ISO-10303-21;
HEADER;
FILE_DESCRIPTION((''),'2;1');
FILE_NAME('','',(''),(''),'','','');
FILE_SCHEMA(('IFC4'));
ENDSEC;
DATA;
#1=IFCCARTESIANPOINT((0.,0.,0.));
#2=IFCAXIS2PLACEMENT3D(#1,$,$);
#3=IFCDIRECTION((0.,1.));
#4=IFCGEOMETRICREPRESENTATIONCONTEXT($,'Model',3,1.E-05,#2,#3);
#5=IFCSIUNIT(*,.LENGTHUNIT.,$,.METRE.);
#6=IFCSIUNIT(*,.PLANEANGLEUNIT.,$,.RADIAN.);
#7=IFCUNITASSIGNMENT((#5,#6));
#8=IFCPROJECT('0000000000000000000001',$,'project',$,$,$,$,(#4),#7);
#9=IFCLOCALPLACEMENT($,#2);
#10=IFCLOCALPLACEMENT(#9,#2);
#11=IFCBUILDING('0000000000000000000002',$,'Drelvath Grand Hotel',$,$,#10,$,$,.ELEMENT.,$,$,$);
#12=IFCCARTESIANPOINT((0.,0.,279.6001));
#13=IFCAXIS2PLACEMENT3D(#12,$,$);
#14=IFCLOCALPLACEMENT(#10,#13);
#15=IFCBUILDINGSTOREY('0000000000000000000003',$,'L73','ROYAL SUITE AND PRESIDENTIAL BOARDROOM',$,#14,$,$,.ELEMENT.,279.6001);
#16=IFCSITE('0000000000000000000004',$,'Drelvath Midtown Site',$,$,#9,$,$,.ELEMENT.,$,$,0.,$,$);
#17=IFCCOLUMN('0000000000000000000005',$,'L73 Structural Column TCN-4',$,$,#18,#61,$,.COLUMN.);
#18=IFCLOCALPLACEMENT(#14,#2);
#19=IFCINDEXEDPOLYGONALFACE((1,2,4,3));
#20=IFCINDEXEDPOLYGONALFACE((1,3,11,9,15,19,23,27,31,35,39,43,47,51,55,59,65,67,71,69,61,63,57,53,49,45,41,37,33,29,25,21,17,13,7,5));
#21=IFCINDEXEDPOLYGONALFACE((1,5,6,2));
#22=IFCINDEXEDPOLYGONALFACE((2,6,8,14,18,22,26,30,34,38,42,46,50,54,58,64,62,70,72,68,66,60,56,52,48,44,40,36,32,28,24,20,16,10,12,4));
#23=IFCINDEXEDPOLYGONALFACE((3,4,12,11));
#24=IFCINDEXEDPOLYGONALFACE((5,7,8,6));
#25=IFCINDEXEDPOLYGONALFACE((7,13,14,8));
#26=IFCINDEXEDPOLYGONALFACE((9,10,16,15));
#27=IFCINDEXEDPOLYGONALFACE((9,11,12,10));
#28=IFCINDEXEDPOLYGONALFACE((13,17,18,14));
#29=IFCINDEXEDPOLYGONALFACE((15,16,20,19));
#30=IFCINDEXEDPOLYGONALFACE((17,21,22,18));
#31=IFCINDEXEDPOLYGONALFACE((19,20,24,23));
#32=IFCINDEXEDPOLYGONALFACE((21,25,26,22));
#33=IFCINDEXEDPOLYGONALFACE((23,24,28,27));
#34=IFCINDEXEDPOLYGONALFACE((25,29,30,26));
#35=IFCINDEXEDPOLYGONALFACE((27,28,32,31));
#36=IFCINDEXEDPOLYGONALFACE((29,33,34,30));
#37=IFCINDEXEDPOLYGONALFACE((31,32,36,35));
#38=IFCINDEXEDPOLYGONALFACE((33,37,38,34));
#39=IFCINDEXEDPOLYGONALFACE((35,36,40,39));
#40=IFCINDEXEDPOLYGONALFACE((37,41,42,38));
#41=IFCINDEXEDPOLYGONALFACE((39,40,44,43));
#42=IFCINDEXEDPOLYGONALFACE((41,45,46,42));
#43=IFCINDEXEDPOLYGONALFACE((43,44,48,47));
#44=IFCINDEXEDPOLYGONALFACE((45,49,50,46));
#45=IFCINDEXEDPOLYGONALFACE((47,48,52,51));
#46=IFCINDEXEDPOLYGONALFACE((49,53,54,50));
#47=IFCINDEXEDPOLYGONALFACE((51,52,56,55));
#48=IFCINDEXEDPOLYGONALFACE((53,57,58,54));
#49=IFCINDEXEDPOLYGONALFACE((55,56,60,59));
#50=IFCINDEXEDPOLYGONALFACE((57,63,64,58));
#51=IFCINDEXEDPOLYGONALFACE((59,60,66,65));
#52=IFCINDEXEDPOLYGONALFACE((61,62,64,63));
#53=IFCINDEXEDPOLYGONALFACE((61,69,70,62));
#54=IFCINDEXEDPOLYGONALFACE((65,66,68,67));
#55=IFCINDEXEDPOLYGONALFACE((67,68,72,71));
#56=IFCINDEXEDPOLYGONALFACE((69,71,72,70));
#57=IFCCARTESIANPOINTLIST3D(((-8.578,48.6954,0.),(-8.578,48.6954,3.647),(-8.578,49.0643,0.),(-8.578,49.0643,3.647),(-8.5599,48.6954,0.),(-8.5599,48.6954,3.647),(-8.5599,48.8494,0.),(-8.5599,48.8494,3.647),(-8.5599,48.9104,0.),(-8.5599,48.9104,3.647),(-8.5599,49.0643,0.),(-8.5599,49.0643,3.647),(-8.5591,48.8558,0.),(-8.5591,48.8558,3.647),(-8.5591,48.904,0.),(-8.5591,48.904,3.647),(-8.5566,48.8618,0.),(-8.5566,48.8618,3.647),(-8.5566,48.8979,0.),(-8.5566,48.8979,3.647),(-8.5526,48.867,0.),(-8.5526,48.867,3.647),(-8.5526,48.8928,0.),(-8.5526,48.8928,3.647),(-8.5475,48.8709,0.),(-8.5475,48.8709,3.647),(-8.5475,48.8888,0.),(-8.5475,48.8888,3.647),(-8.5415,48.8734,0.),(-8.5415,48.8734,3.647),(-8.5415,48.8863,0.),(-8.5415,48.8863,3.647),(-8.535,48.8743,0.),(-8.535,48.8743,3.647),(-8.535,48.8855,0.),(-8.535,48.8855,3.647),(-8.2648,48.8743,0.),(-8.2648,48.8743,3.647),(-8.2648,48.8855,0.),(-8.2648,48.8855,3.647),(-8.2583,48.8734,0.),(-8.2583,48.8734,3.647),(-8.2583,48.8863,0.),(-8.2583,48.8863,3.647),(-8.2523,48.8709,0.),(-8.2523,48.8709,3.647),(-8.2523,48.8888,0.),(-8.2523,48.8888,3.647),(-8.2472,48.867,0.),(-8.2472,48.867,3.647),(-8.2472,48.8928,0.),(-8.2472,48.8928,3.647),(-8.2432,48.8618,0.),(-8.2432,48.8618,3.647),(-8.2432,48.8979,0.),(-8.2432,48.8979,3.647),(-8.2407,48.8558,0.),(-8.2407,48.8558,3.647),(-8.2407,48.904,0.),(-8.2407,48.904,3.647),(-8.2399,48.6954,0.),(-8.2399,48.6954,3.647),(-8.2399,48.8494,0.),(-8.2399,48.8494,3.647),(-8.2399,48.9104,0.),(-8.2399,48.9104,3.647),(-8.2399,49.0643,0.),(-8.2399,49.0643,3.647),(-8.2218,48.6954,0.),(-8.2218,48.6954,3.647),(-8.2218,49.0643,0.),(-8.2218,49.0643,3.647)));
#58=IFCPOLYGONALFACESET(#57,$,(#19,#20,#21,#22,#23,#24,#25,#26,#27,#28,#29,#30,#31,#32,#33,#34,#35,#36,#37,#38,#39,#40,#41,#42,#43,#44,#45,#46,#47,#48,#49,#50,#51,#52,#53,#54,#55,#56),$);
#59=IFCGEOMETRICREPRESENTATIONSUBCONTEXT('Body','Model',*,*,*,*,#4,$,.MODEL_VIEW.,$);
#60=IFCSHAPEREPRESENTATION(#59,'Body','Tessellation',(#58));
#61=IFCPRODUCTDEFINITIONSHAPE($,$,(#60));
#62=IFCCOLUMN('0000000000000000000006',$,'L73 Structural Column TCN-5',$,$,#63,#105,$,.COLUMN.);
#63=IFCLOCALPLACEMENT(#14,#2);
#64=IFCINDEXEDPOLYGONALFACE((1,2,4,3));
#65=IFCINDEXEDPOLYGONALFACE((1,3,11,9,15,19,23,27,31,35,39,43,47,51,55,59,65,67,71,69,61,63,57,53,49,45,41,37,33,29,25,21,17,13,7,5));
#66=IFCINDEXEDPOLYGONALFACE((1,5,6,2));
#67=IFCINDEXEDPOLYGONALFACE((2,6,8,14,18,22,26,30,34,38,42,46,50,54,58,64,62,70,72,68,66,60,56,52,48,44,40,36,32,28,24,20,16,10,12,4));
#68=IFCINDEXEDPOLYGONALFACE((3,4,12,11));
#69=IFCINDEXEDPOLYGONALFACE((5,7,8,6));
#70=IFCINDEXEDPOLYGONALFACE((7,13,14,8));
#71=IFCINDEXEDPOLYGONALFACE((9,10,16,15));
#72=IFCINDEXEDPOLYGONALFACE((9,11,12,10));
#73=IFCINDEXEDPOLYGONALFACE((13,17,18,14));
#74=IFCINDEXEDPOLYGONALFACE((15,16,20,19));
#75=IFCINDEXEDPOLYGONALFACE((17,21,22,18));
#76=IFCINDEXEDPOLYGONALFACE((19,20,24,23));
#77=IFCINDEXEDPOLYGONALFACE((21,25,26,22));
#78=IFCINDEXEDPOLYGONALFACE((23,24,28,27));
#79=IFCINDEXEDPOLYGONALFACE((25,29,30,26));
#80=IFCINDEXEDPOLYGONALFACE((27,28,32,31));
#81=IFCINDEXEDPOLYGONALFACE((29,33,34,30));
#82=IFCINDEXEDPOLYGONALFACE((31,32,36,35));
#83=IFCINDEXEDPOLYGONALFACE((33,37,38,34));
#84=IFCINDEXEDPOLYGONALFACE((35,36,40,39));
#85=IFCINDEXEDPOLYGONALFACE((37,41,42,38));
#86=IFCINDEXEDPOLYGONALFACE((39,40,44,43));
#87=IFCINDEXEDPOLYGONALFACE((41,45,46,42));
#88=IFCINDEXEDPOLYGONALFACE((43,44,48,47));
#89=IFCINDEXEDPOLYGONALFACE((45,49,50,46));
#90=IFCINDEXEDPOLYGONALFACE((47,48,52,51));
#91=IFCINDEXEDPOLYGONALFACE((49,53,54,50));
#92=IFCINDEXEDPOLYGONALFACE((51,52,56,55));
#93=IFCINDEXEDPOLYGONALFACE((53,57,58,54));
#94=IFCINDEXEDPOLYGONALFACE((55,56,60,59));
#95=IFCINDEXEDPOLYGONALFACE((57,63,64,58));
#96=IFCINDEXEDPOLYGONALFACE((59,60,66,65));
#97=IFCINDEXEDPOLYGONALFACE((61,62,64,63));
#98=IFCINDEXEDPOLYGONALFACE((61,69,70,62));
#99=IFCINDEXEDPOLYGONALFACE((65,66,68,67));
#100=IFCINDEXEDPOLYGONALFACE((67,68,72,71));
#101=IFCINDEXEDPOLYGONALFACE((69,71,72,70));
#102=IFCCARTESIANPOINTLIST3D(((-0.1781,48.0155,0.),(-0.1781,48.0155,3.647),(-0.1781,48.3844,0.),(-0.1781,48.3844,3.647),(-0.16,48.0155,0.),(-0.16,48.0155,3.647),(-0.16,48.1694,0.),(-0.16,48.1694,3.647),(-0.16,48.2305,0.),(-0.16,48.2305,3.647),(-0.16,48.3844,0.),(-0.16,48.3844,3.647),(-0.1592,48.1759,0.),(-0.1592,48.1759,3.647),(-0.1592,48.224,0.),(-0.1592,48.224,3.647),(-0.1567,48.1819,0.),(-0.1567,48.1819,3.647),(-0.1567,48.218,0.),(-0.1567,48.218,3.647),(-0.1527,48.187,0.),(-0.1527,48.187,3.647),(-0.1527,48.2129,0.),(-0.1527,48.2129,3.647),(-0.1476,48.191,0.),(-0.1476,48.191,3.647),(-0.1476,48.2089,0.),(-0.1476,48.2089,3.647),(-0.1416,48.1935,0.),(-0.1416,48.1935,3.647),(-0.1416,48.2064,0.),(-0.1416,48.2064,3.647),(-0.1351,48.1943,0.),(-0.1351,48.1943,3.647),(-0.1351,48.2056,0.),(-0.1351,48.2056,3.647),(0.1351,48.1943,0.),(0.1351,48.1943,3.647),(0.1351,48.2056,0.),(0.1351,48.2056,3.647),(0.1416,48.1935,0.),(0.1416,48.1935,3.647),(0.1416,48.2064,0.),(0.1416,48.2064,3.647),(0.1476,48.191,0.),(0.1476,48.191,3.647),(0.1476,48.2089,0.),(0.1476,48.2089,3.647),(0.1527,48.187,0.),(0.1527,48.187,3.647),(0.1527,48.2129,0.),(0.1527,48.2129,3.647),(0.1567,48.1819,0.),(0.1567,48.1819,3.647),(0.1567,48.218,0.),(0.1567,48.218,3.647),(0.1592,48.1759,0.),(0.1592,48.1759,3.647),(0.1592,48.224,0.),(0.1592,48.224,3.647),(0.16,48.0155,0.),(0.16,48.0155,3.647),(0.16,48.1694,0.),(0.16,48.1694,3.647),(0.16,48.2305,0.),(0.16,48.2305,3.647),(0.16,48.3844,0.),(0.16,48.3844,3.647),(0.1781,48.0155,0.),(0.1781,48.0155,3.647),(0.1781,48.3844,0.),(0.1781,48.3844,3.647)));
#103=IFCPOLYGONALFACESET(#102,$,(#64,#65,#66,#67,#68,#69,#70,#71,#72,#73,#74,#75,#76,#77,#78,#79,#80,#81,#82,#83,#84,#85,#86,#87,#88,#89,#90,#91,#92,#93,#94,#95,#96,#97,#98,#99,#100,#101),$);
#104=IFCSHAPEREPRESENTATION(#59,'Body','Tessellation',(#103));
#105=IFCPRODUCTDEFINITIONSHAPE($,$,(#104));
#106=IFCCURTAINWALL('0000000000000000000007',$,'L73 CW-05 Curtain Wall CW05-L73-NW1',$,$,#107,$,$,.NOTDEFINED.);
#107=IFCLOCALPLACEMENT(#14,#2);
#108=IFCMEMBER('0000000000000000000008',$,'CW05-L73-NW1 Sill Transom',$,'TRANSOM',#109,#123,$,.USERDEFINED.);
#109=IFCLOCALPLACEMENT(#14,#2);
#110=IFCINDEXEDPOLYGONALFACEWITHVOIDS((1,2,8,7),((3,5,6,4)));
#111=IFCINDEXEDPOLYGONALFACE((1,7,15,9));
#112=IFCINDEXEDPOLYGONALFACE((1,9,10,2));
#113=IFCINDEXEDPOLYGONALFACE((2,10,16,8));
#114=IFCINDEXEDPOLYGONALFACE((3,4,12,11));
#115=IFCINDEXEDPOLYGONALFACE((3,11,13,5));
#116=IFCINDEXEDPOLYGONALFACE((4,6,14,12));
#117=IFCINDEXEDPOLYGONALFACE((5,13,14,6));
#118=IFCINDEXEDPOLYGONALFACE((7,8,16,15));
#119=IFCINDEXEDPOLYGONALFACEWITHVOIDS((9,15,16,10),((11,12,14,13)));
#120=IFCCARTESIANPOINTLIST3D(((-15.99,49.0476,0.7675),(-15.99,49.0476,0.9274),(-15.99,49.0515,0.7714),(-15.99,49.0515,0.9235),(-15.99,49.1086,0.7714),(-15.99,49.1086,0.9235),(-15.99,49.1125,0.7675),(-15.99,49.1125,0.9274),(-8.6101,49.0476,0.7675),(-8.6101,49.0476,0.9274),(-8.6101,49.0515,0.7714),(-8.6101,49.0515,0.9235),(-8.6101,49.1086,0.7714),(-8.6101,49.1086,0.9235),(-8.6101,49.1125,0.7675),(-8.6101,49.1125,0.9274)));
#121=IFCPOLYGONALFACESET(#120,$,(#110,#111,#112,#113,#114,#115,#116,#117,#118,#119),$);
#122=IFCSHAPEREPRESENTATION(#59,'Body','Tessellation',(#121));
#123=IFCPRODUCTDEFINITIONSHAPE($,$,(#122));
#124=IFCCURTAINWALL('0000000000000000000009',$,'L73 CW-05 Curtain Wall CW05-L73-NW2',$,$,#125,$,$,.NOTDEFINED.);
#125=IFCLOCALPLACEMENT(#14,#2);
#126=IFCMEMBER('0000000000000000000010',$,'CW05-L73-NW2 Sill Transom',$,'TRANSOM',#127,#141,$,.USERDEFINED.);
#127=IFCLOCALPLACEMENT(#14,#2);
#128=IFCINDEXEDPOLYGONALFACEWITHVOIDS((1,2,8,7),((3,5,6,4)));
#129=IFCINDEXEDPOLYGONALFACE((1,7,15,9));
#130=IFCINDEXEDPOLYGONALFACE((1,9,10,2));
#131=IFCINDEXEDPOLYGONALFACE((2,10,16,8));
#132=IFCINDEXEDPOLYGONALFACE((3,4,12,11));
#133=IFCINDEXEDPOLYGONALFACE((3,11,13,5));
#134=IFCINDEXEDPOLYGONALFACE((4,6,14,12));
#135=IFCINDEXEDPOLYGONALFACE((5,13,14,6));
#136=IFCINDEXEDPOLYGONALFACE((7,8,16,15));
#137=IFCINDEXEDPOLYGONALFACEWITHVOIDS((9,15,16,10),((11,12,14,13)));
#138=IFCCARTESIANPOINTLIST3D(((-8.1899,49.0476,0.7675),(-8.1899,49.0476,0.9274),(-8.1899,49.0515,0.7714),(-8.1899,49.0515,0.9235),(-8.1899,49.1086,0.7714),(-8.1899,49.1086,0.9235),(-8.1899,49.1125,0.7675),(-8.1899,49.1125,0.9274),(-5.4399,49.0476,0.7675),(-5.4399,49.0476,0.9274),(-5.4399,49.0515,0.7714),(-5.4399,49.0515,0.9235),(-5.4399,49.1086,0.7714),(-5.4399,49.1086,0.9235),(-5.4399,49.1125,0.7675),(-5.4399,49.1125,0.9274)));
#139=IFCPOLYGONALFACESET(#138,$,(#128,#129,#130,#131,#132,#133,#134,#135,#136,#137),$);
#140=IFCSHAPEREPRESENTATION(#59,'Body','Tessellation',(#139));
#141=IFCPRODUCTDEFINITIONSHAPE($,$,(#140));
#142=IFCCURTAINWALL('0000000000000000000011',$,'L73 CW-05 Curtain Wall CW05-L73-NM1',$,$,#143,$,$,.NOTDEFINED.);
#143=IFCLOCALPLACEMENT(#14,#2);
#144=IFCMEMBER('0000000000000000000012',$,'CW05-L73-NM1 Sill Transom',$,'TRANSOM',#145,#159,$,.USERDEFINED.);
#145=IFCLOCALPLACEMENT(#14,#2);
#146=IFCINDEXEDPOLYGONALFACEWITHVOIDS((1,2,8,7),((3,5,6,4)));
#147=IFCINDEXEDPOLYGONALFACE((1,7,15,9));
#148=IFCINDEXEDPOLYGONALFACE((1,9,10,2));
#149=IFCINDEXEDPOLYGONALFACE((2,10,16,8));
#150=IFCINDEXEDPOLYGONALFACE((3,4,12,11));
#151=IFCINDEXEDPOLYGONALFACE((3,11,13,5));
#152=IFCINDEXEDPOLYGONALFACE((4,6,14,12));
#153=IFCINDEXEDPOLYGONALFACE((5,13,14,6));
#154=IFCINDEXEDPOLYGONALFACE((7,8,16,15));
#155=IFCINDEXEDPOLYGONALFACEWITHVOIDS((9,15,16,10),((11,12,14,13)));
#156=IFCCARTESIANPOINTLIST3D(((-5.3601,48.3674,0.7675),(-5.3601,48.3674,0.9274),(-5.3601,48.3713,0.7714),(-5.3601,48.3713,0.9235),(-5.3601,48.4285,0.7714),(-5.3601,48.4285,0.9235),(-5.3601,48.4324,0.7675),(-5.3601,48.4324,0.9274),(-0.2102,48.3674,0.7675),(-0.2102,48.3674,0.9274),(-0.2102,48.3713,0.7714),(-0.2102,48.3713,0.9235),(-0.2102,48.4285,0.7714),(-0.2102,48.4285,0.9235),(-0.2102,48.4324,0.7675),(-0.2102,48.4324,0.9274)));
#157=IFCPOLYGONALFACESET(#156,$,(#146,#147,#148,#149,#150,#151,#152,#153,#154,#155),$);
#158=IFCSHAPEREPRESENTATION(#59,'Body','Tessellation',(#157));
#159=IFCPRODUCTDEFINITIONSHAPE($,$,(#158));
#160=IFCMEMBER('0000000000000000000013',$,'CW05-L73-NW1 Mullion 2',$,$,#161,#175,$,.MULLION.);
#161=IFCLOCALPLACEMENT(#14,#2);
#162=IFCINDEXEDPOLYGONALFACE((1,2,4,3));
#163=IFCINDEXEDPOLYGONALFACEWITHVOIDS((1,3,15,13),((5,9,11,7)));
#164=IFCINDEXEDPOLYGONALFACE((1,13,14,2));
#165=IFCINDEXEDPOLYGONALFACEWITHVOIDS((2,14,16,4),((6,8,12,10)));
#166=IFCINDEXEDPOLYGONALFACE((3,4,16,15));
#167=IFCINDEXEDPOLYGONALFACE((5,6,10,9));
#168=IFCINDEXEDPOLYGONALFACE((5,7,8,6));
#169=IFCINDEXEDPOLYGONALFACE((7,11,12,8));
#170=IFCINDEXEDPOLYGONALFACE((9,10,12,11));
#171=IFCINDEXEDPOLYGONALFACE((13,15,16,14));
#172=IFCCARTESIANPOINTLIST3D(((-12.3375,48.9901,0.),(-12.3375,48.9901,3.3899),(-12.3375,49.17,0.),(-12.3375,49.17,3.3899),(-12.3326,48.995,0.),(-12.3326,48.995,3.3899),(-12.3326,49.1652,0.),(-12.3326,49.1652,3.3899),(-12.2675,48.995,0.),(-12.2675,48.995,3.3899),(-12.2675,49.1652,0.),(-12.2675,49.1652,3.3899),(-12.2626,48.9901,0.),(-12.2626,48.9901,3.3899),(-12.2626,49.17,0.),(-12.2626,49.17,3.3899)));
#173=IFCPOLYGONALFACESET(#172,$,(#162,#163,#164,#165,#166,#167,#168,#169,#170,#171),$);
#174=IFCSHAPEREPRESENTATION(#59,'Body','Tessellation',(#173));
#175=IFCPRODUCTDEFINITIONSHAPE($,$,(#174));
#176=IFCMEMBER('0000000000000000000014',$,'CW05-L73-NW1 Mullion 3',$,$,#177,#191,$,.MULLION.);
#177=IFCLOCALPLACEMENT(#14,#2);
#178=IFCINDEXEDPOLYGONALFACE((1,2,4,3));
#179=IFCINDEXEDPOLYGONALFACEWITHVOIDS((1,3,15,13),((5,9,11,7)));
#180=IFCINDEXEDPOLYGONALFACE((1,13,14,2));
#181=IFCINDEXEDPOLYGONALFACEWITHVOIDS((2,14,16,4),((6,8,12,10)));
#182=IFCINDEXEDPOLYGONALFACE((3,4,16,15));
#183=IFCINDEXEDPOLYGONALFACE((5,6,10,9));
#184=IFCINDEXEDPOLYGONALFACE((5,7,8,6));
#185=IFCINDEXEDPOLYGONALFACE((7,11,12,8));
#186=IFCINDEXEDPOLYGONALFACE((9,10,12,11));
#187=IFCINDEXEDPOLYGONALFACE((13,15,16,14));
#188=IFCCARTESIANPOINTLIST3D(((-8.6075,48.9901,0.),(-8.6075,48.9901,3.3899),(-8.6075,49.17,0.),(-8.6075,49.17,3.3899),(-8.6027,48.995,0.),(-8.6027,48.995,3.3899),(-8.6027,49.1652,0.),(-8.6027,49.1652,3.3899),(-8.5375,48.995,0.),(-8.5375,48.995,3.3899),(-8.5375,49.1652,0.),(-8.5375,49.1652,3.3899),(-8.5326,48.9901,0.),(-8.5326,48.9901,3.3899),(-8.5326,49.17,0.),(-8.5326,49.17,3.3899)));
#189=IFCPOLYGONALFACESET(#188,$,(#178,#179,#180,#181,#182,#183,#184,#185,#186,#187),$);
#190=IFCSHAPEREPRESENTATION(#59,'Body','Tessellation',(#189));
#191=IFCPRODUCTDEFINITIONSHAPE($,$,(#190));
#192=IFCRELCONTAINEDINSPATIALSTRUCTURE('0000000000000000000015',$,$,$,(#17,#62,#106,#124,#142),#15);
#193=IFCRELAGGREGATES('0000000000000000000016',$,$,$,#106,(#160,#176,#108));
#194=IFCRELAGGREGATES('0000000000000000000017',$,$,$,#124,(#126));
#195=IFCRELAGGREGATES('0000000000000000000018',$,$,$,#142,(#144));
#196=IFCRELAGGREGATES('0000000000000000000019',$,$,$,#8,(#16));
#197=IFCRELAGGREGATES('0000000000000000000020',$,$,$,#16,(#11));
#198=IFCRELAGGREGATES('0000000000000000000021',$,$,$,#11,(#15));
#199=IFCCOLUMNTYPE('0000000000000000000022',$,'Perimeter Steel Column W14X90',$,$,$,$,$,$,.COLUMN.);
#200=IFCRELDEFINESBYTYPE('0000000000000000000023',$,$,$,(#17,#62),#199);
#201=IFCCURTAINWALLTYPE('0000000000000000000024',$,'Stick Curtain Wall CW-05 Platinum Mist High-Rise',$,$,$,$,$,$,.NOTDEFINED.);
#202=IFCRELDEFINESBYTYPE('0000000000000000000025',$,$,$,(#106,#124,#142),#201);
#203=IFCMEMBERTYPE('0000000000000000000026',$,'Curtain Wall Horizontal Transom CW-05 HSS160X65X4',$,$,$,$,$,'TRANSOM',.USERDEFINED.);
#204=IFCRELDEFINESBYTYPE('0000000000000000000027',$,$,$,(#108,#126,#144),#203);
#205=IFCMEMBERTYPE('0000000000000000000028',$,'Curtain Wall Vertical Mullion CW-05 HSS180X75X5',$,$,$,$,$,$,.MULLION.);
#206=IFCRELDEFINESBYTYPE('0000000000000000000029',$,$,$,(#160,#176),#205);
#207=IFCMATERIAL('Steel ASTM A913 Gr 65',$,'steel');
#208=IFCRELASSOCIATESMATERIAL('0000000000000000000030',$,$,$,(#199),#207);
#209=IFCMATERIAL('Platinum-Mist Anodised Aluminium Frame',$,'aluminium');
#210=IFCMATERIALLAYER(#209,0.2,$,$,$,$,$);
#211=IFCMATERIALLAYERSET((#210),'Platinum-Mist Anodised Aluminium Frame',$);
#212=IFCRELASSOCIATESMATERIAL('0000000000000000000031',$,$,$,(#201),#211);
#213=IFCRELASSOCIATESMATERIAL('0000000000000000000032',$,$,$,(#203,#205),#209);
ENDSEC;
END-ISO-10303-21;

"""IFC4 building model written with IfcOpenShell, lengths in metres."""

from ifc_helpers import new_model, si_unit, direction, frame, origin, origin_2d, place, context, subcontext, project, spatial, hollow_rectangle, i_section, extrude, material, layer, layer_set, material_profile, profile_set, type_object, element, aggregate, save


model = new_model("IFC4")

# Units and contexts
model_context = context("Model", 3, precision=1e-05, world=origin(), true_north=direction((0.0, 1.0)))
body_context = subcontext(model_context, "Body", "Model", "MODEL_VIEW")
ifc_project = project(units=[si_unit("LENGTHUNIT", "METRE"), si_unit("PLANEANGLEUNIT", "RADIAN")], contexts=[model_context])

# Site, building, storey
site_placement = place(None, origin())
site = spatial("IfcSite", under=ifc_project, at=site_placement, Name="Drelvath Midtown Site", CompositionType="ELEMENT", RefElevation=0.0)
building_placement = place(site_placement, origin())
building = spatial("IfcBuilding", under=site, at=building_placement, Name="Drelvath Grand Hotel", CompositionType="ELEMENT")
storey_placement = place(building_placement, frame((0.0, 0.0, 279.6001)))
storey = spatial("IfcBuildingStorey", under=building, at=storey_placement, Name="L73", Description="ROYAL SUITE AND PRESIDENTIAL BOARDROOM", CompositionType="ELEMENT", Elevation=279.6001)

# Columns
ifc_material_1 = material(Name="Steel ASTM A913 Gr 65", Category="steel")
ifc_material_profile_1 = material_profile(ifc_material_1, i_section(OverallWidth=0.3689, OverallDepth=0.3562, WebThickness=0.0112, FlangeThickness=0.0181, FilletRadius=0.0249, at=origin_2d()), Name="W14X90")
ifc_profile_set_1 = profile_set([ifc_material_profile_1], Name="Steel ASTM A913 Gr 65")
column_type = type_object("IfcColumnType", Name="Perimeter Steel Column W14X90", PredefinedType="COLUMN", material=ifc_profile_set_1)
for number, where, z_axis, x_axis, name in (
    (1, (-8.3999, 48.8799, 0.0), (0.0, 0.0, 1.0), (0.0, 1.0, 0.0), "L73 Structural Column TCN-4"),
    (2, (0.0, 48.2, 0.0), (0.0, 0.0, 1.0), (0.0, 1.0, 0.0), "L73 Structural Column TCN-5"),
):
    element("IfcColumn", number, at=place(storey_placement, frame(where, z_axis=z_axis, x_axis=x_axis)), inside=storey, type_object=column_type, Name=name, PredefinedType="COLUMN", context=body_context, shape_type="SweptSolid", body=[
        extrude(i_section(OverallWidth=0.3689, OverallDepth=0.3562, WebThickness=0.0112, FlangeThickness=0.0181, FilletRadius=0.0249, at=origin_2d()), origin(), (0.0, 0.0, 1.0), 3.647),
    ])

# Curtain walls, members
ifc_material_2 = material(Name="Platinum-Mist Anodised Aluminium Frame", Category="aluminium")
ifc_layer_1 = layer(ifc_material_2, 0.2)
ifc_layer_set_1 = layer_set([ifc_layer_1], Name="Platinum-Mist Anodised Aluminium Frame")
curtain_wall_type = type_object("IfcCurtainWallType", Name="Stick Curtain Wall CW-05 Platinum Mist High-Rise", PredefinedType="NOTDEFINED", material=ifc_layer_set_1)
curtain_wall_1_placement = place(storey_placement, origin())
curtain_wall_1 = element("IfcCurtainWall", 3, at=curtain_wall_1_placement, inside=storey, type_object=curtain_wall_type, Name="L73 CW-05 Curtain Wall CW05-L73-NW1", PredefinedType="NOTDEFINED")
ifc_material_profile_2 = material_profile(ifc_material_2, hollow_rectangle(XDim=0.0649, YDim=0.1599, WallThickness=0.0039, at=origin_2d()), Name="HSS160X65X4")
ifc_profile_set_2 = profile_set([ifc_material_profile_2], Name="Platinum-Mist Anodised Aluminium Frame")
member_type_1 = type_object("IfcMemberType", Name="Curtain Wall Horizontal Transom CW-05 HSS160X65X4", ElementType="TRANSOM", PredefinedType="USERDEFINED", material=ifc_profile_set_2)
member_1_placement = place(storey_placement, frame((-15.99, 49.0801, 0.8474), z_axis=(1.0, 0.0, 0.0), x_axis=(0.0, 1.0, 0.0)))
member_1 = element("IfcMember", 4, at=member_1_placement, type_object=member_type_1, Name="CW05-L73-NW1 Sill Transom", ObjectType="TRANSOM", PredefinedType="USERDEFINED", context=body_context, shape_type="SweptSolid", body=[
    extrude(hollow_rectangle(XDim=0.0649, YDim=0.1599, WallThickness=0.0039, at=origin_2d()), origin(), (0.0, 0.0, 1.0), 7.3799),
])
curtain_wall_2_placement = place(storey_placement, origin())
curtain_wall_2 = element("IfcCurtainWall", 5, at=curtain_wall_2_placement, inside=storey, type_object=curtain_wall_type, Name="L73 CW-05 Curtain Wall CW05-L73-NW2", PredefinedType="NOTDEFINED")
member_2_placement = place(storey_placement, frame((-8.1899, 49.0801, 0.8474), z_axis=(1.0, 0.0, 0.0), x_axis=(0.0, 1.0, 0.0)))
member_2 = element("IfcMember", 6, at=member_2_placement, type_object=member_type_1, Name="CW05-L73-NW2 Sill Transom", ObjectType="TRANSOM", PredefinedType="USERDEFINED", context=body_context, shape_type="SweptSolid", body=[
    extrude(hollow_rectangle(XDim=0.0649, YDim=0.1599, WallThickness=0.0039, at=origin_2d()), origin(), (0.0, 0.0, 1.0), 2.75),
])
curtain_wall_3_placement = place(storey_placement, origin())
curtain_wall_3 = element("IfcCurtainWall", 7, at=curtain_wall_3_placement, inside=storey, type_object=curtain_wall_type, Name="L73 CW-05 Curtain Wall CW05-L73-NM1", PredefinedType="NOTDEFINED")
member_3_placement = place(storey_placement, frame((-5.3601, 48.3999, 0.8474), z_axis=(1.0, 0.0, 0.0), x_axis=(0.0, 1.0, 0.0)))
member_3 = element("IfcMember", 8, at=member_3_placement, type_object=member_type_1, Name="CW05-L73-NM1 Sill Transom", ObjectType="TRANSOM", PredefinedType="USERDEFINED", context=body_context, shape_type="SweptSolid", body=[
    extrude(hollow_rectangle(XDim=0.0649, YDim=0.1599, WallThickness=0.0039, at=origin_2d()), origin(), (0.0, 0.0, 1.0), 5.1499),
])

# Members
ifc_material_profile_3 = material_profile(ifc_material_2, hollow_rectangle(XDim=0.075, YDim=0.1799, WallThickness=0.0049, at=origin_2d()), Name="HSS180X75X5")
ifc_profile_set_3 = profile_set([ifc_material_profile_3], Name="Platinum-Mist Anodised Aluminium Frame")
member_type_2 = type_object("IfcMemberType", Name="Curtain Wall Vertical Mullion CW-05 HSS180X75X5", PredefinedType="MULLION", material=ifc_profile_set_3)
member_4_placement = place(storey_placement, frame((-12.3, 49.0801, 0.0), z_axis=(0.0, 0.0, 1.0), x_axis=(1.0, 0.0, 0.0)))
member_4 = element("IfcMember", 9, at=member_4_placement, type_object=member_type_2, Name="CW05-L73-NW1 Mullion 2", PredefinedType="MULLION", context=body_context, shape_type="SweptSolid", body=[
    extrude(hollow_rectangle(XDim=0.075, YDim=0.1799, WallThickness=0.0049, at=origin_2d()), origin(), (0.0, 0.0, 1.0), 3.3899),
])
member_5_placement = place(storey_placement, frame((-8.5701, 49.0801, 0.0), z_axis=(0.0, 0.0, 1.0), x_axis=(1.0, 0.0, 0.0)))
member_5 = element("IfcMember", 10, at=member_5_placement, type_object=member_type_2, Name="CW05-L73-NW1 Mullion 3", PredefinedType="MULLION", context=body_context, shape_type="SweptSolid", body=[
    extrude(hollow_rectangle(XDim=0.075, YDim=0.1799, WallThickness=0.0049, at=origin_2d()), origin(), (0.0, 0.0, 1.0), 3.3899),
])

aggregate(curtain_wall_1, [member_4, member_5, member_1])
aggregate(curtain_wall_2, [member_2])
aggregate(curtain_wall_3, [member_3])

save(model, "model.ifc")
